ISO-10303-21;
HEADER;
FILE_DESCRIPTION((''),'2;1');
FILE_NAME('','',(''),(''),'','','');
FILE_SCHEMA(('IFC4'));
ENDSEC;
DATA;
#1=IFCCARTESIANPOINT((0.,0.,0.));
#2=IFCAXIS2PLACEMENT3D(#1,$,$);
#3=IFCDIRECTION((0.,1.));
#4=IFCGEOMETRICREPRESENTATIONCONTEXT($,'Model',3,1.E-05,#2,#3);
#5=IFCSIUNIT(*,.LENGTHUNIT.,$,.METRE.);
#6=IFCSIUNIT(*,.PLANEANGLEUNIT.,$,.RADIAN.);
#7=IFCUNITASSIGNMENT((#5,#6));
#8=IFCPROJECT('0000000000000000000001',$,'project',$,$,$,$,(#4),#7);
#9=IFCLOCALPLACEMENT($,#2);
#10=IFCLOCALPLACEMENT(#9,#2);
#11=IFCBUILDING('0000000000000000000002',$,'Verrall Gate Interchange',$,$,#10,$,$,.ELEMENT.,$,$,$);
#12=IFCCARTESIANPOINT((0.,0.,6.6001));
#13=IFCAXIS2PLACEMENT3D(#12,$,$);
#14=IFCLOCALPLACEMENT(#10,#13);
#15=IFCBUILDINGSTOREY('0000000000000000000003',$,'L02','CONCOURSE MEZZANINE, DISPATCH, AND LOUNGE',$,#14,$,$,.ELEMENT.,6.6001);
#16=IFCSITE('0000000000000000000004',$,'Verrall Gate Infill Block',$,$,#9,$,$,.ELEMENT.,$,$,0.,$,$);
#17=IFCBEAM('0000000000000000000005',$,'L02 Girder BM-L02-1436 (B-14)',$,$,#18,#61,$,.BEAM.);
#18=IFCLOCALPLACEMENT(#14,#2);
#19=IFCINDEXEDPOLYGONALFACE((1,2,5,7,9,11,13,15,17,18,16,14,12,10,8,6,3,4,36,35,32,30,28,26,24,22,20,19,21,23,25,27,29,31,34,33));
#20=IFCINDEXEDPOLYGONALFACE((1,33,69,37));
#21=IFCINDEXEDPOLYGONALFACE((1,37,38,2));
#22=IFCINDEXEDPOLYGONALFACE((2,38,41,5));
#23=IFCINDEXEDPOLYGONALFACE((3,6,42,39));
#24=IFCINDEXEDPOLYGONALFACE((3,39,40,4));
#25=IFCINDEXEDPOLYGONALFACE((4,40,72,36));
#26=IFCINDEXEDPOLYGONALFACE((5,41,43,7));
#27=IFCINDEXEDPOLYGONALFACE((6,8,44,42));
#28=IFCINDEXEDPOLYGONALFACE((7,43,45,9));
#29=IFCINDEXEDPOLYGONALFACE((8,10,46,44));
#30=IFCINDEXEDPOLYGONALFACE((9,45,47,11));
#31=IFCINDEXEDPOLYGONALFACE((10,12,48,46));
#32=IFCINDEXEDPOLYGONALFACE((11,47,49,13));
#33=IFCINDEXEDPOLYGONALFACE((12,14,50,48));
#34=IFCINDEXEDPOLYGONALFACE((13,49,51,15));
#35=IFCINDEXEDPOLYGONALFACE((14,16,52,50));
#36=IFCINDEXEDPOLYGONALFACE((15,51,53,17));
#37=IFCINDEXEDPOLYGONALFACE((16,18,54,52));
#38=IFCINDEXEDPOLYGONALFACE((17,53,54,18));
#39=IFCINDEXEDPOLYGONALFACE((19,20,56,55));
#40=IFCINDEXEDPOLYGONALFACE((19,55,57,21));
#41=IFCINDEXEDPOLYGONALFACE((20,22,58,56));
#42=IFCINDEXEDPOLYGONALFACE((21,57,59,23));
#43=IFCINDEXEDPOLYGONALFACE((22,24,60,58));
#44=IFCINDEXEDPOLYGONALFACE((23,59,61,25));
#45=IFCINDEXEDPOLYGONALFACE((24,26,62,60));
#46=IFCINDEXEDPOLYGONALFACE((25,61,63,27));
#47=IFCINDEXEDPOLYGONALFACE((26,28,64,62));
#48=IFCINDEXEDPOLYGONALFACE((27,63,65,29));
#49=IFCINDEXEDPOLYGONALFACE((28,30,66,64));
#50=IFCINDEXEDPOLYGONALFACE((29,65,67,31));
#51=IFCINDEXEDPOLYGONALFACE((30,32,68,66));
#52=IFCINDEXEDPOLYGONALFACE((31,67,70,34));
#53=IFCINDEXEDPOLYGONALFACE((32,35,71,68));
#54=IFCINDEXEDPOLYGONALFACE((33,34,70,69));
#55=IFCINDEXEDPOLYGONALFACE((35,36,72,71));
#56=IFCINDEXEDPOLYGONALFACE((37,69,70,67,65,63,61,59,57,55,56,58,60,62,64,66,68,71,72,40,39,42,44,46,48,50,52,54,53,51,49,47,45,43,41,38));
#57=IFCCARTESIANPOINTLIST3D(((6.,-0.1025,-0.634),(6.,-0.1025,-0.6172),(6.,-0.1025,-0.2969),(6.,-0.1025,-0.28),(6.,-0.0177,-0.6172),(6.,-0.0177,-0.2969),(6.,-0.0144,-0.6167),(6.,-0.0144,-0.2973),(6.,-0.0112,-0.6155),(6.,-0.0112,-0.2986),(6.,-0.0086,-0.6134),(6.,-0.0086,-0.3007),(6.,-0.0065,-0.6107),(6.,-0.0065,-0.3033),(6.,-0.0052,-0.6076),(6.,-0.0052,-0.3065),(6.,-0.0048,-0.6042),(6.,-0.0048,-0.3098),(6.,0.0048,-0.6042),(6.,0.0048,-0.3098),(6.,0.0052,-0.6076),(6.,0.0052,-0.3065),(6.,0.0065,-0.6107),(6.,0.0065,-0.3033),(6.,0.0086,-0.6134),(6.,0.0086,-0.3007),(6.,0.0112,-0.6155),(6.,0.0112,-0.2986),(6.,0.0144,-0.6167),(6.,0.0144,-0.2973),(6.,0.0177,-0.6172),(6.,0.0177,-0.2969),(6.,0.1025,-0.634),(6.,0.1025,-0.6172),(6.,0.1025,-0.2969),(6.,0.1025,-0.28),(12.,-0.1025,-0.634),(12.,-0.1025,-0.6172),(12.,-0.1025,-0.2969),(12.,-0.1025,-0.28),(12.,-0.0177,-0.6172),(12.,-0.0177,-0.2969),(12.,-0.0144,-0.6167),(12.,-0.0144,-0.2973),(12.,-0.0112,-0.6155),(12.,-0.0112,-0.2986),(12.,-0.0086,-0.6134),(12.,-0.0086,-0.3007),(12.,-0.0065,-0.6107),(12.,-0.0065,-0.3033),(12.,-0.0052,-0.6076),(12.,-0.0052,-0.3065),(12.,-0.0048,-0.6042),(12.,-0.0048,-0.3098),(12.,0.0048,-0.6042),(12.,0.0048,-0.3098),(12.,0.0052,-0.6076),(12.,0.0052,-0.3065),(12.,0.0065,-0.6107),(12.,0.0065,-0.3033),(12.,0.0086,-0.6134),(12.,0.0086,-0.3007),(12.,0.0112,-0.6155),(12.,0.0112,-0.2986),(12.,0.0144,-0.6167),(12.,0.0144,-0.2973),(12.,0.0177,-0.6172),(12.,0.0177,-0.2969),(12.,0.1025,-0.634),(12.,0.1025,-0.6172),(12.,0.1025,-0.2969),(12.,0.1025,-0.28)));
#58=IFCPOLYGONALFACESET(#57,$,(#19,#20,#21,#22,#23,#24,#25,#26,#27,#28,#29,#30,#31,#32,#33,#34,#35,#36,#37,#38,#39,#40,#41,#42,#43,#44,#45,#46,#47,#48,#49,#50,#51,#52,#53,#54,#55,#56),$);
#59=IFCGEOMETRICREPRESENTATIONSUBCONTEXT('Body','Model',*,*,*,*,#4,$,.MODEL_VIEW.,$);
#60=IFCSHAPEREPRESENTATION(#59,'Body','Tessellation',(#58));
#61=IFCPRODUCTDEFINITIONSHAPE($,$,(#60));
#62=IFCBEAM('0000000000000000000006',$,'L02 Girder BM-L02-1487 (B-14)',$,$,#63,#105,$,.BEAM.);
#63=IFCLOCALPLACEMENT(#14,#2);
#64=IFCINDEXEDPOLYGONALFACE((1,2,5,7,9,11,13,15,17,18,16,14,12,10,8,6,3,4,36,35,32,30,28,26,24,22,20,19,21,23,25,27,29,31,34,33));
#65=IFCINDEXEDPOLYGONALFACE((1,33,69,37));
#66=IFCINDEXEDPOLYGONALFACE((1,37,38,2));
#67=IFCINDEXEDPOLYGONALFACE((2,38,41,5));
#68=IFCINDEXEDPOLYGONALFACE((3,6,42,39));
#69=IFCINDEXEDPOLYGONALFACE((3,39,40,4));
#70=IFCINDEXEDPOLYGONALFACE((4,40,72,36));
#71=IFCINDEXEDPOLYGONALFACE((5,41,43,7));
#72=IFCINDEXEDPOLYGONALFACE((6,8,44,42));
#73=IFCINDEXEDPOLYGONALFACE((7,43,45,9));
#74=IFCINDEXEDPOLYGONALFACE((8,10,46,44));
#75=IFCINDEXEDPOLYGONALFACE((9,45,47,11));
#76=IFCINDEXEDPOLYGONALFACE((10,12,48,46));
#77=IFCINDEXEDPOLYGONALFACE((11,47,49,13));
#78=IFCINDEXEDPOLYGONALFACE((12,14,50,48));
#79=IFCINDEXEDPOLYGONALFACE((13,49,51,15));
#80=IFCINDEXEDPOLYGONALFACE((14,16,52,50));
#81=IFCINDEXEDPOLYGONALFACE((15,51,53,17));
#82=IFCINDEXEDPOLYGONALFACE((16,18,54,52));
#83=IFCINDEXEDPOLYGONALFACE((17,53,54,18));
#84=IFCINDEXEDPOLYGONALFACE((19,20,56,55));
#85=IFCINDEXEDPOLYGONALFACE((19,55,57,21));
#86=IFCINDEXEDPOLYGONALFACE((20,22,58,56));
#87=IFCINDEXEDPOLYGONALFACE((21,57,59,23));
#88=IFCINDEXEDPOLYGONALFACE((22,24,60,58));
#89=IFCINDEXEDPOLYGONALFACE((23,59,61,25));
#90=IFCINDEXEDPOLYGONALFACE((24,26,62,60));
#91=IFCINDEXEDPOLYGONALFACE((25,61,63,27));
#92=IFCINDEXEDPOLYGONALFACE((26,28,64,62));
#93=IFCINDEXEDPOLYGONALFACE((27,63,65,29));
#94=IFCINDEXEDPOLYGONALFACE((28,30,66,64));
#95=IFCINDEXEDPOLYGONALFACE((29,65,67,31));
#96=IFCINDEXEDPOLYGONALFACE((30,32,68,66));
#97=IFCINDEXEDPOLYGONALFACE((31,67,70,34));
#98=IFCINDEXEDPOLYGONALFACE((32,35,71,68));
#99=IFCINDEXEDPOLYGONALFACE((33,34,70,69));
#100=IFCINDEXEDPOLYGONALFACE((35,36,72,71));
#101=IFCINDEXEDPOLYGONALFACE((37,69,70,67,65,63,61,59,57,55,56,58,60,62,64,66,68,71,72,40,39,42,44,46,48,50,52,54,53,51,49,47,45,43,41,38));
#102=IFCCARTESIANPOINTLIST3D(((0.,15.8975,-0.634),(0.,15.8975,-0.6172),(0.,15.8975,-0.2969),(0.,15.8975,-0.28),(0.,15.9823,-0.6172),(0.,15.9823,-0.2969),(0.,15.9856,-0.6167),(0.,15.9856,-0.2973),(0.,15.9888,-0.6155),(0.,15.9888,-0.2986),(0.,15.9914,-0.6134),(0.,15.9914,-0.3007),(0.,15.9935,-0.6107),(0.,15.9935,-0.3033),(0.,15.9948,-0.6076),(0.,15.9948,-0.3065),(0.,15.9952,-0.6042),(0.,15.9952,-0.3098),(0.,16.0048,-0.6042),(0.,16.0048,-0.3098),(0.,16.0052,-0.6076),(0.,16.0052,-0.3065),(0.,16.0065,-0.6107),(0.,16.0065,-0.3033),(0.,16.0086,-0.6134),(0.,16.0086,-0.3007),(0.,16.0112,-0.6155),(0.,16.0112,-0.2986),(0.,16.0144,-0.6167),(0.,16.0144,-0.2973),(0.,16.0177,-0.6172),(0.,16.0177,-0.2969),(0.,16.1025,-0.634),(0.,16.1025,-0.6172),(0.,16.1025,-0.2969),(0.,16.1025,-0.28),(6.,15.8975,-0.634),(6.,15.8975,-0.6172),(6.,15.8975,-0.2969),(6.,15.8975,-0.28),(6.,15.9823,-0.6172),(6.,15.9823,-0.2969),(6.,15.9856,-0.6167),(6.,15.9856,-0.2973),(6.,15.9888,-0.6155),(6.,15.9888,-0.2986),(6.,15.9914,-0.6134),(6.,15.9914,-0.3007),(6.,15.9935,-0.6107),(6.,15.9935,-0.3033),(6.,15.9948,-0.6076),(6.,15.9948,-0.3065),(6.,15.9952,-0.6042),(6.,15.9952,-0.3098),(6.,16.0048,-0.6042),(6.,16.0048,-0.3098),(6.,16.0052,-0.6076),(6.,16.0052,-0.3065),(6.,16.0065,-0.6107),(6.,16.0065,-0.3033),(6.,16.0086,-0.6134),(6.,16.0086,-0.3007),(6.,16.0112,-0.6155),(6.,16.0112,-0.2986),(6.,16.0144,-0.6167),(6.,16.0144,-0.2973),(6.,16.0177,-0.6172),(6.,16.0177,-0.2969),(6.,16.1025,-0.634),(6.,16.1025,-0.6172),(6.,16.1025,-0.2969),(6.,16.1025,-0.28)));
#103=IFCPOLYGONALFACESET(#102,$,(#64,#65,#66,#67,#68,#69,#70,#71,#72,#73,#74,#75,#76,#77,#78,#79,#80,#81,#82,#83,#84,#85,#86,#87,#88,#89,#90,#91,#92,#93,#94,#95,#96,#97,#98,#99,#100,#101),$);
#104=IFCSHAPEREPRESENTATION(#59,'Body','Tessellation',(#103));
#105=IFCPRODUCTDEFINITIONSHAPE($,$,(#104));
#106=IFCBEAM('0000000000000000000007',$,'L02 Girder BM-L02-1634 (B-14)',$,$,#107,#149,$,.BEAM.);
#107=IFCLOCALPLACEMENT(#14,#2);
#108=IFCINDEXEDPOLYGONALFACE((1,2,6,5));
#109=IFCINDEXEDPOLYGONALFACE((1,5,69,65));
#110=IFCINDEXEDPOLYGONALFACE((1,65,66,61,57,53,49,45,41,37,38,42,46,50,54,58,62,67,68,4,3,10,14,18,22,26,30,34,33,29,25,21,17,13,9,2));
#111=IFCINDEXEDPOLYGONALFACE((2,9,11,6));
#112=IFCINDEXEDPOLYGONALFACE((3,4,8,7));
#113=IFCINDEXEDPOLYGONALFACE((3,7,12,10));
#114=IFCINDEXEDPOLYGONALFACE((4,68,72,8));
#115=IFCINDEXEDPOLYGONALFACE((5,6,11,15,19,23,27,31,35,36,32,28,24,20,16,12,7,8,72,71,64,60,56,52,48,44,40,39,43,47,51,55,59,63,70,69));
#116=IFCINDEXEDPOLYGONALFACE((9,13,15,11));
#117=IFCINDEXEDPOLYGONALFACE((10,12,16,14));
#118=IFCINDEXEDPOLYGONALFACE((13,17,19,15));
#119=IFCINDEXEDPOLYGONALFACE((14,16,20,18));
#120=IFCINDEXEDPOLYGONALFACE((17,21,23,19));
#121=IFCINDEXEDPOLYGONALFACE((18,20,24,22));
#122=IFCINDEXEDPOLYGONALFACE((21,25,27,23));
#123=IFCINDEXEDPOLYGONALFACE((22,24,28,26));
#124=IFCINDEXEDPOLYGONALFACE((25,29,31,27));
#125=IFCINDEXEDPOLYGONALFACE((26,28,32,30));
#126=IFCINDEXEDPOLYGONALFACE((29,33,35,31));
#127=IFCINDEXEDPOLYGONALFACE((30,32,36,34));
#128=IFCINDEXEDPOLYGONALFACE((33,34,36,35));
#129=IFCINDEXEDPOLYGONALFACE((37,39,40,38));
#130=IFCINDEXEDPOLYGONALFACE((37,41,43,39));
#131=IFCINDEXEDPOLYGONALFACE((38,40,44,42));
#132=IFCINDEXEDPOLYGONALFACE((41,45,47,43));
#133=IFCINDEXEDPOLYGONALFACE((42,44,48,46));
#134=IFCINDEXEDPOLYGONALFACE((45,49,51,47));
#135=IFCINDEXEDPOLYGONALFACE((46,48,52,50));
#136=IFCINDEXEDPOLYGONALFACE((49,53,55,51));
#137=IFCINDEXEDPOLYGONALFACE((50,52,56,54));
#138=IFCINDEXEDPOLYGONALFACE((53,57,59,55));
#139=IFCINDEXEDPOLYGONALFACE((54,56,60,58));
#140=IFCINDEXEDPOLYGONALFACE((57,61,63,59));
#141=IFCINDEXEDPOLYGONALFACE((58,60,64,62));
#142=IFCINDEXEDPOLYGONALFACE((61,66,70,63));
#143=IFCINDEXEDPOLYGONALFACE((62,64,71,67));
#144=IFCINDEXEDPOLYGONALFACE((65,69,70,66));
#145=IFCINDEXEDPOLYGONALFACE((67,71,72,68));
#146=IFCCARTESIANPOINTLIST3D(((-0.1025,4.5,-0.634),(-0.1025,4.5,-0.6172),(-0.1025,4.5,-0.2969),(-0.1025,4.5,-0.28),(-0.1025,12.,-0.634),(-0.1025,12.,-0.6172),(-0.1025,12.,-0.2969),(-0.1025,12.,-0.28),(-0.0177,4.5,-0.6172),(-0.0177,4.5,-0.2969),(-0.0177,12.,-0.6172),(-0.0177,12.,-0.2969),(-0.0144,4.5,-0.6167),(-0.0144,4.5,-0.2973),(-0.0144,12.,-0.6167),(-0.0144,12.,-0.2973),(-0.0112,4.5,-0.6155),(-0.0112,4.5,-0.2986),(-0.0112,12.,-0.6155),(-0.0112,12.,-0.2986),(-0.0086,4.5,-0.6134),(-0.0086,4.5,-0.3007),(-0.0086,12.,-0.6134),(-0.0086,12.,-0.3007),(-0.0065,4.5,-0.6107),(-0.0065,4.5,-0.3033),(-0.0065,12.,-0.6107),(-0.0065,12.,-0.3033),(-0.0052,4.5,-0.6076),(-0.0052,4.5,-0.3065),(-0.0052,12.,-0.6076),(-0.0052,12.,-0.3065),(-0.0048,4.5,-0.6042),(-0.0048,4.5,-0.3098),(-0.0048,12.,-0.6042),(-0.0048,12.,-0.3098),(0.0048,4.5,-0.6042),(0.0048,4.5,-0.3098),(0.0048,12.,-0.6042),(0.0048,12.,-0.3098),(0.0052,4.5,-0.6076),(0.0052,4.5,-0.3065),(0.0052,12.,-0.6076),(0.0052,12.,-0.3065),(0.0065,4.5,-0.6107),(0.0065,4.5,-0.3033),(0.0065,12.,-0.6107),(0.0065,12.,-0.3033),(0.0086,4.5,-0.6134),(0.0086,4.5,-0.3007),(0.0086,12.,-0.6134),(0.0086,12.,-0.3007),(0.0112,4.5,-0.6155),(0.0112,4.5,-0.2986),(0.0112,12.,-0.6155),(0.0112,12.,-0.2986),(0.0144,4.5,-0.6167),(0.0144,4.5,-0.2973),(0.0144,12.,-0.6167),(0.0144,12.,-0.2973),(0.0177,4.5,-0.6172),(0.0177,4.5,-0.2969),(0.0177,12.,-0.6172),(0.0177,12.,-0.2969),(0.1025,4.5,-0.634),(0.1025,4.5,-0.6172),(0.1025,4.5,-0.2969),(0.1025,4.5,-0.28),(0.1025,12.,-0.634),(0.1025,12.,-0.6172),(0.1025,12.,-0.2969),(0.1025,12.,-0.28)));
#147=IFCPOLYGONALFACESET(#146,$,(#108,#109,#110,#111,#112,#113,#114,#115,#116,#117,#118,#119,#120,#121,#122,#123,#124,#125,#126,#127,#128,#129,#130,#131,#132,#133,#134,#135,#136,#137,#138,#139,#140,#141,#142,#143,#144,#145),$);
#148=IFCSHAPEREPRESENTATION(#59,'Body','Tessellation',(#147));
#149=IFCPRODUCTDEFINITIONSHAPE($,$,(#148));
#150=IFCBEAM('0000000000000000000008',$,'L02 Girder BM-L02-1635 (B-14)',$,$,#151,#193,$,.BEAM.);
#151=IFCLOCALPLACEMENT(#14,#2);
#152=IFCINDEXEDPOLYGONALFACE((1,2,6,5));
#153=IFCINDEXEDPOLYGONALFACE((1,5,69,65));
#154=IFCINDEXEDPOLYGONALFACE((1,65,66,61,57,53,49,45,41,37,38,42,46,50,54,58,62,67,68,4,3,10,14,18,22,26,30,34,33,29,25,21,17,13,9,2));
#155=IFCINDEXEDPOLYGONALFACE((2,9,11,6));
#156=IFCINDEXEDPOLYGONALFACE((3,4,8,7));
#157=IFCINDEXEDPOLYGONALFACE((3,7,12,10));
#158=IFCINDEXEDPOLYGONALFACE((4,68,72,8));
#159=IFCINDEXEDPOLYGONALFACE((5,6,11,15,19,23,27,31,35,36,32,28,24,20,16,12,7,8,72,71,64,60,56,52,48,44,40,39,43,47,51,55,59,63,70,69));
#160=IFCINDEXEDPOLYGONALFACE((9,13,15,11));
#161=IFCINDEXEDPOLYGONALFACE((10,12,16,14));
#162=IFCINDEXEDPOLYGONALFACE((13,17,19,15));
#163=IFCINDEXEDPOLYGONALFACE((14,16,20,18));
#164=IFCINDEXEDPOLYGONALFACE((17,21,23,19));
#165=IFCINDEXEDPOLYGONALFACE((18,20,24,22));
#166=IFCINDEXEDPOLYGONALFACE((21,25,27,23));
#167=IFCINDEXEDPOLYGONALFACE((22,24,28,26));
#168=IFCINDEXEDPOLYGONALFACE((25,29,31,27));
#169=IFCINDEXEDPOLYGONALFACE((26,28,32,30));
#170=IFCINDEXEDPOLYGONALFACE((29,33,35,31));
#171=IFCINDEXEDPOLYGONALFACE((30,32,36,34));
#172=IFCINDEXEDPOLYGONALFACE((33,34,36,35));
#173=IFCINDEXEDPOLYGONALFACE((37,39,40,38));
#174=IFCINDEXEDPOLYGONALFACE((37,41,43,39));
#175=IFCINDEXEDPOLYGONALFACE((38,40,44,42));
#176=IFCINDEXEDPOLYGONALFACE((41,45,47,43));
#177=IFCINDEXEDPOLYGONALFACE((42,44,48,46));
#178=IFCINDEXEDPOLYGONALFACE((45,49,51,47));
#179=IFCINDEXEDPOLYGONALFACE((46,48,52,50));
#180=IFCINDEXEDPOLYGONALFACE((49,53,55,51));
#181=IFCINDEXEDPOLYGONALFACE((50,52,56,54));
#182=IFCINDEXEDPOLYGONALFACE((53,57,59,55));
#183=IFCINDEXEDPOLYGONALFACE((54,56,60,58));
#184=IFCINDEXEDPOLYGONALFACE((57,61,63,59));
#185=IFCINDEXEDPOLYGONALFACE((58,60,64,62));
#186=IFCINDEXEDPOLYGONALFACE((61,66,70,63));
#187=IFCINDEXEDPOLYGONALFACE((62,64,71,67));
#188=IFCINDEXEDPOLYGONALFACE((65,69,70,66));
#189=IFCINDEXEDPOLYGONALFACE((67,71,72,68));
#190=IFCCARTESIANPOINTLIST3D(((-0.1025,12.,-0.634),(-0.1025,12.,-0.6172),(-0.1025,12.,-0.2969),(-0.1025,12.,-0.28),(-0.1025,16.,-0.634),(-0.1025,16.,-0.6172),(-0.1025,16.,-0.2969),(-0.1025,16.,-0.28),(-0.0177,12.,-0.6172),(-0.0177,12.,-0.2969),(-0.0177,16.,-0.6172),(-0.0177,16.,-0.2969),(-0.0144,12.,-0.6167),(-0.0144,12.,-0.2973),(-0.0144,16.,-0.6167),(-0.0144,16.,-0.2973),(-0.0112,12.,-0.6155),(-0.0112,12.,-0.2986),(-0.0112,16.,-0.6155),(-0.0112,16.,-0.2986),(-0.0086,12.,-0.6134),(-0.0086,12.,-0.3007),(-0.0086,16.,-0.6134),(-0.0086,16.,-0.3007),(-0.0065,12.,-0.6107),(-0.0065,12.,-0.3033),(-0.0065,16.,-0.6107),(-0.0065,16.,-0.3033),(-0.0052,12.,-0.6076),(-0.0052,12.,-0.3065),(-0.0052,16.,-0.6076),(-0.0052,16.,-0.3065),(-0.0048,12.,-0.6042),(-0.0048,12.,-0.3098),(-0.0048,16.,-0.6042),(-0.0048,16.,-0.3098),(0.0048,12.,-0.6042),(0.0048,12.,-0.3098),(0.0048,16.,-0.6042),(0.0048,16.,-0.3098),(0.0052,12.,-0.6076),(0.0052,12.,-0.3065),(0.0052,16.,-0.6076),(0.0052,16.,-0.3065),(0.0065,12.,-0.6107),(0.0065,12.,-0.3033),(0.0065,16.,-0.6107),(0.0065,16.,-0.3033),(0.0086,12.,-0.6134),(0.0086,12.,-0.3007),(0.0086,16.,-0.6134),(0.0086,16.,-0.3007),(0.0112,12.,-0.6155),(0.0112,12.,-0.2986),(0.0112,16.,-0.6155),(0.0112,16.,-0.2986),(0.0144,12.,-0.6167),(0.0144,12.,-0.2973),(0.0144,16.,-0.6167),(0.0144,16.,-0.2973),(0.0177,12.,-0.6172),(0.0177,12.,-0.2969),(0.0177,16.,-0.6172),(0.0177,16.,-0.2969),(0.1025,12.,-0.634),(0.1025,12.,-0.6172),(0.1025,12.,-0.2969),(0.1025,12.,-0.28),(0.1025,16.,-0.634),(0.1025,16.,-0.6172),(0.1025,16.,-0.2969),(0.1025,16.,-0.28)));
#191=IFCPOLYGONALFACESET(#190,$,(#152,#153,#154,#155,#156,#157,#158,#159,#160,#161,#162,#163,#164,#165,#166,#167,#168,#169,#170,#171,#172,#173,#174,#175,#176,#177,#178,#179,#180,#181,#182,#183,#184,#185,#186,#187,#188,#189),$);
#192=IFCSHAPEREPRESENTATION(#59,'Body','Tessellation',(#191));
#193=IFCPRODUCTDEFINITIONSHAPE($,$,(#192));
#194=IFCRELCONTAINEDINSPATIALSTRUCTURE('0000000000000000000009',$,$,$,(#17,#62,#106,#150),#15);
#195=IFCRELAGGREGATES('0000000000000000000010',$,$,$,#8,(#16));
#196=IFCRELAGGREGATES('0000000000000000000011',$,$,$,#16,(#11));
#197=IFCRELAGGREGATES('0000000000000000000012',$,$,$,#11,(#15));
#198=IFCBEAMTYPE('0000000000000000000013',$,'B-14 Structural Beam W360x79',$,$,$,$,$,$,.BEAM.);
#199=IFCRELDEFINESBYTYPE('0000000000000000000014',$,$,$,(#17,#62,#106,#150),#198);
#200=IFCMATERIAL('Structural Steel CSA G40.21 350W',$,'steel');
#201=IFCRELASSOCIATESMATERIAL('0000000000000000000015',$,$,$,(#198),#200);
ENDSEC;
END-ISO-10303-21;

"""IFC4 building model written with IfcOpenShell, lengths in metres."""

from ifc_helpers import new_model, si_unit, direction, frame, origin, origin_2d, place, context, subcontext, project, spatial, i_section, extrude, material, material_profile, profile_set, type_object, element, save


model = new_model("IFC4")

# Units and contexts
model_context = context("Model", 3, precision=1e-05, world=origin(), true_north=direction((0.0, 1.0)))
body_context = subcontext(model_context, "Body", "Model", "MODEL_VIEW")
ifc_project = project(units=[si_unit("LENGTHUNIT", "METRE"), si_unit("PLANEANGLEUNIT", "RADIAN")], contexts=[model_context])

# Site, building, storey
site_placement = place(None, origin())
site = spatial("IfcSite", under=ifc_project, at=site_placement, Name="Verrall Gate Infill Block", CompositionType="ELEMENT", RefElevation=0.0)
building_placement = place(site_placement, origin())
building = spatial("IfcBuilding", under=site, at=building_placement, Name="Verrall Gate Interchange", CompositionType="ELEMENT")
storey_placement = place(building_placement, frame((0.0, 0.0, 6.6001)))
storey = spatial("IfcBuildingStorey", under=building, at=storey_placement, Name="L02", Description="CONCOURSE MEZZANINE, DISPATCH, AND LOUNGE", CompositionType="ELEMENT", Elevation=6.6001)

# Beams
ifc_material_1 = material(Name="Structural Steel CSA G40.21 350W", Category="steel")
ifc_material_profile_1 = material_profile(ifc_material_1, i_section(OverallWidth=0.2051, OverallDepth=0.354, WebThickness=0.0095, FlangeThickness=0.0168, FilletRadius=0.0129, at=origin_2d()), Name="W360x79")
ifc_profile_set_1 = profile_set([ifc_material_profile_1], Name="Structural Steel CSA G40.21 350W")
beam_type_1 = type_object("IfcBeamType", Name="B-14 Structural Beam W360x79", PredefinedType="BEAM", material=ifc_profile_set_1)
for number, where, z_axis, x_axis, name in (
    (1, (6.0, 0.0, -0.457), (1.0, 0.0, 0.0), (0.0, 1.0, 0.0), "L02 Girder BM-L02-1436 (B-14)"),
    (2, (0.0, 16.0, -0.457), (1.0, 0.0, 0.0), (0.0, 1.0, 0.0), "L02 Girder BM-L02-1487 (B-14)"),
):
    element("IfcBeam", number, at=place(storey_placement, frame(where, z_axis=z_axis, x_axis=x_axis)), inside=storey, type_object=beam_type_1, Name=name, PredefinedType="BEAM", context=body_context, shape_type="SweptSolid", body=[
        extrude(i_section(OverallWidth=0.2051, OverallDepth=0.354, WebThickness=0.0095, FlangeThickness=0.0168, FilletRadius=0.0129, at=origin_2d()), origin(), (0.0, 0.0, 1.0), 6.0),
    ])
beam_1_placement = place(storey_placement, frame((0.0, 4.5, -0.457), z_axis=(0.0, 1.0, 0.0), x_axis=(-1.0, 0.0, 0.0)))
element("IfcBeam", 3, at=beam_1_placement, inside=storey, type_object=beam_type_1, Name="L02 Girder BM-L02-1634 (B-14)", PredefinedType="BEAM", context=body_context, shape_type="SweptSolid", body=[
    extrude(i_section(OverallWidth=0.2051, OverallDepth=0.354, WebThickness=0.0095, FlangeThickness=0.0168, FilletRadius=0.0129, at=origin_2d()), origin(), (0.0, 0.0, 1.0), 7.5),
])
beam_2_placement = place(storey_placement, frame((0.0, 12.0, -0.457), z_axis=(0.0, 1.0, 0.0), x_axis=(-1.0, 0.0, 0.0)))
element("IfcBeam", 4, at=beam_2_placement, inside=storey, type_object=beam_type_1, Name="L02 Girder BM-L02-1635 (B-14)", PredefinedType="BEAM", context=body_context, shape_type="SweptSolid", body=[
    extrude(i_section(OverallWidth=0.2051, OverallDepth=0.354, WebThickness=0.0095, FlangeThickness=0.0168, FilletRadius=0.0129, at=origin_2d()), origin(), (0.0, 0.0, 1.0), 4.0),
])

save(model, "model.ifc")
